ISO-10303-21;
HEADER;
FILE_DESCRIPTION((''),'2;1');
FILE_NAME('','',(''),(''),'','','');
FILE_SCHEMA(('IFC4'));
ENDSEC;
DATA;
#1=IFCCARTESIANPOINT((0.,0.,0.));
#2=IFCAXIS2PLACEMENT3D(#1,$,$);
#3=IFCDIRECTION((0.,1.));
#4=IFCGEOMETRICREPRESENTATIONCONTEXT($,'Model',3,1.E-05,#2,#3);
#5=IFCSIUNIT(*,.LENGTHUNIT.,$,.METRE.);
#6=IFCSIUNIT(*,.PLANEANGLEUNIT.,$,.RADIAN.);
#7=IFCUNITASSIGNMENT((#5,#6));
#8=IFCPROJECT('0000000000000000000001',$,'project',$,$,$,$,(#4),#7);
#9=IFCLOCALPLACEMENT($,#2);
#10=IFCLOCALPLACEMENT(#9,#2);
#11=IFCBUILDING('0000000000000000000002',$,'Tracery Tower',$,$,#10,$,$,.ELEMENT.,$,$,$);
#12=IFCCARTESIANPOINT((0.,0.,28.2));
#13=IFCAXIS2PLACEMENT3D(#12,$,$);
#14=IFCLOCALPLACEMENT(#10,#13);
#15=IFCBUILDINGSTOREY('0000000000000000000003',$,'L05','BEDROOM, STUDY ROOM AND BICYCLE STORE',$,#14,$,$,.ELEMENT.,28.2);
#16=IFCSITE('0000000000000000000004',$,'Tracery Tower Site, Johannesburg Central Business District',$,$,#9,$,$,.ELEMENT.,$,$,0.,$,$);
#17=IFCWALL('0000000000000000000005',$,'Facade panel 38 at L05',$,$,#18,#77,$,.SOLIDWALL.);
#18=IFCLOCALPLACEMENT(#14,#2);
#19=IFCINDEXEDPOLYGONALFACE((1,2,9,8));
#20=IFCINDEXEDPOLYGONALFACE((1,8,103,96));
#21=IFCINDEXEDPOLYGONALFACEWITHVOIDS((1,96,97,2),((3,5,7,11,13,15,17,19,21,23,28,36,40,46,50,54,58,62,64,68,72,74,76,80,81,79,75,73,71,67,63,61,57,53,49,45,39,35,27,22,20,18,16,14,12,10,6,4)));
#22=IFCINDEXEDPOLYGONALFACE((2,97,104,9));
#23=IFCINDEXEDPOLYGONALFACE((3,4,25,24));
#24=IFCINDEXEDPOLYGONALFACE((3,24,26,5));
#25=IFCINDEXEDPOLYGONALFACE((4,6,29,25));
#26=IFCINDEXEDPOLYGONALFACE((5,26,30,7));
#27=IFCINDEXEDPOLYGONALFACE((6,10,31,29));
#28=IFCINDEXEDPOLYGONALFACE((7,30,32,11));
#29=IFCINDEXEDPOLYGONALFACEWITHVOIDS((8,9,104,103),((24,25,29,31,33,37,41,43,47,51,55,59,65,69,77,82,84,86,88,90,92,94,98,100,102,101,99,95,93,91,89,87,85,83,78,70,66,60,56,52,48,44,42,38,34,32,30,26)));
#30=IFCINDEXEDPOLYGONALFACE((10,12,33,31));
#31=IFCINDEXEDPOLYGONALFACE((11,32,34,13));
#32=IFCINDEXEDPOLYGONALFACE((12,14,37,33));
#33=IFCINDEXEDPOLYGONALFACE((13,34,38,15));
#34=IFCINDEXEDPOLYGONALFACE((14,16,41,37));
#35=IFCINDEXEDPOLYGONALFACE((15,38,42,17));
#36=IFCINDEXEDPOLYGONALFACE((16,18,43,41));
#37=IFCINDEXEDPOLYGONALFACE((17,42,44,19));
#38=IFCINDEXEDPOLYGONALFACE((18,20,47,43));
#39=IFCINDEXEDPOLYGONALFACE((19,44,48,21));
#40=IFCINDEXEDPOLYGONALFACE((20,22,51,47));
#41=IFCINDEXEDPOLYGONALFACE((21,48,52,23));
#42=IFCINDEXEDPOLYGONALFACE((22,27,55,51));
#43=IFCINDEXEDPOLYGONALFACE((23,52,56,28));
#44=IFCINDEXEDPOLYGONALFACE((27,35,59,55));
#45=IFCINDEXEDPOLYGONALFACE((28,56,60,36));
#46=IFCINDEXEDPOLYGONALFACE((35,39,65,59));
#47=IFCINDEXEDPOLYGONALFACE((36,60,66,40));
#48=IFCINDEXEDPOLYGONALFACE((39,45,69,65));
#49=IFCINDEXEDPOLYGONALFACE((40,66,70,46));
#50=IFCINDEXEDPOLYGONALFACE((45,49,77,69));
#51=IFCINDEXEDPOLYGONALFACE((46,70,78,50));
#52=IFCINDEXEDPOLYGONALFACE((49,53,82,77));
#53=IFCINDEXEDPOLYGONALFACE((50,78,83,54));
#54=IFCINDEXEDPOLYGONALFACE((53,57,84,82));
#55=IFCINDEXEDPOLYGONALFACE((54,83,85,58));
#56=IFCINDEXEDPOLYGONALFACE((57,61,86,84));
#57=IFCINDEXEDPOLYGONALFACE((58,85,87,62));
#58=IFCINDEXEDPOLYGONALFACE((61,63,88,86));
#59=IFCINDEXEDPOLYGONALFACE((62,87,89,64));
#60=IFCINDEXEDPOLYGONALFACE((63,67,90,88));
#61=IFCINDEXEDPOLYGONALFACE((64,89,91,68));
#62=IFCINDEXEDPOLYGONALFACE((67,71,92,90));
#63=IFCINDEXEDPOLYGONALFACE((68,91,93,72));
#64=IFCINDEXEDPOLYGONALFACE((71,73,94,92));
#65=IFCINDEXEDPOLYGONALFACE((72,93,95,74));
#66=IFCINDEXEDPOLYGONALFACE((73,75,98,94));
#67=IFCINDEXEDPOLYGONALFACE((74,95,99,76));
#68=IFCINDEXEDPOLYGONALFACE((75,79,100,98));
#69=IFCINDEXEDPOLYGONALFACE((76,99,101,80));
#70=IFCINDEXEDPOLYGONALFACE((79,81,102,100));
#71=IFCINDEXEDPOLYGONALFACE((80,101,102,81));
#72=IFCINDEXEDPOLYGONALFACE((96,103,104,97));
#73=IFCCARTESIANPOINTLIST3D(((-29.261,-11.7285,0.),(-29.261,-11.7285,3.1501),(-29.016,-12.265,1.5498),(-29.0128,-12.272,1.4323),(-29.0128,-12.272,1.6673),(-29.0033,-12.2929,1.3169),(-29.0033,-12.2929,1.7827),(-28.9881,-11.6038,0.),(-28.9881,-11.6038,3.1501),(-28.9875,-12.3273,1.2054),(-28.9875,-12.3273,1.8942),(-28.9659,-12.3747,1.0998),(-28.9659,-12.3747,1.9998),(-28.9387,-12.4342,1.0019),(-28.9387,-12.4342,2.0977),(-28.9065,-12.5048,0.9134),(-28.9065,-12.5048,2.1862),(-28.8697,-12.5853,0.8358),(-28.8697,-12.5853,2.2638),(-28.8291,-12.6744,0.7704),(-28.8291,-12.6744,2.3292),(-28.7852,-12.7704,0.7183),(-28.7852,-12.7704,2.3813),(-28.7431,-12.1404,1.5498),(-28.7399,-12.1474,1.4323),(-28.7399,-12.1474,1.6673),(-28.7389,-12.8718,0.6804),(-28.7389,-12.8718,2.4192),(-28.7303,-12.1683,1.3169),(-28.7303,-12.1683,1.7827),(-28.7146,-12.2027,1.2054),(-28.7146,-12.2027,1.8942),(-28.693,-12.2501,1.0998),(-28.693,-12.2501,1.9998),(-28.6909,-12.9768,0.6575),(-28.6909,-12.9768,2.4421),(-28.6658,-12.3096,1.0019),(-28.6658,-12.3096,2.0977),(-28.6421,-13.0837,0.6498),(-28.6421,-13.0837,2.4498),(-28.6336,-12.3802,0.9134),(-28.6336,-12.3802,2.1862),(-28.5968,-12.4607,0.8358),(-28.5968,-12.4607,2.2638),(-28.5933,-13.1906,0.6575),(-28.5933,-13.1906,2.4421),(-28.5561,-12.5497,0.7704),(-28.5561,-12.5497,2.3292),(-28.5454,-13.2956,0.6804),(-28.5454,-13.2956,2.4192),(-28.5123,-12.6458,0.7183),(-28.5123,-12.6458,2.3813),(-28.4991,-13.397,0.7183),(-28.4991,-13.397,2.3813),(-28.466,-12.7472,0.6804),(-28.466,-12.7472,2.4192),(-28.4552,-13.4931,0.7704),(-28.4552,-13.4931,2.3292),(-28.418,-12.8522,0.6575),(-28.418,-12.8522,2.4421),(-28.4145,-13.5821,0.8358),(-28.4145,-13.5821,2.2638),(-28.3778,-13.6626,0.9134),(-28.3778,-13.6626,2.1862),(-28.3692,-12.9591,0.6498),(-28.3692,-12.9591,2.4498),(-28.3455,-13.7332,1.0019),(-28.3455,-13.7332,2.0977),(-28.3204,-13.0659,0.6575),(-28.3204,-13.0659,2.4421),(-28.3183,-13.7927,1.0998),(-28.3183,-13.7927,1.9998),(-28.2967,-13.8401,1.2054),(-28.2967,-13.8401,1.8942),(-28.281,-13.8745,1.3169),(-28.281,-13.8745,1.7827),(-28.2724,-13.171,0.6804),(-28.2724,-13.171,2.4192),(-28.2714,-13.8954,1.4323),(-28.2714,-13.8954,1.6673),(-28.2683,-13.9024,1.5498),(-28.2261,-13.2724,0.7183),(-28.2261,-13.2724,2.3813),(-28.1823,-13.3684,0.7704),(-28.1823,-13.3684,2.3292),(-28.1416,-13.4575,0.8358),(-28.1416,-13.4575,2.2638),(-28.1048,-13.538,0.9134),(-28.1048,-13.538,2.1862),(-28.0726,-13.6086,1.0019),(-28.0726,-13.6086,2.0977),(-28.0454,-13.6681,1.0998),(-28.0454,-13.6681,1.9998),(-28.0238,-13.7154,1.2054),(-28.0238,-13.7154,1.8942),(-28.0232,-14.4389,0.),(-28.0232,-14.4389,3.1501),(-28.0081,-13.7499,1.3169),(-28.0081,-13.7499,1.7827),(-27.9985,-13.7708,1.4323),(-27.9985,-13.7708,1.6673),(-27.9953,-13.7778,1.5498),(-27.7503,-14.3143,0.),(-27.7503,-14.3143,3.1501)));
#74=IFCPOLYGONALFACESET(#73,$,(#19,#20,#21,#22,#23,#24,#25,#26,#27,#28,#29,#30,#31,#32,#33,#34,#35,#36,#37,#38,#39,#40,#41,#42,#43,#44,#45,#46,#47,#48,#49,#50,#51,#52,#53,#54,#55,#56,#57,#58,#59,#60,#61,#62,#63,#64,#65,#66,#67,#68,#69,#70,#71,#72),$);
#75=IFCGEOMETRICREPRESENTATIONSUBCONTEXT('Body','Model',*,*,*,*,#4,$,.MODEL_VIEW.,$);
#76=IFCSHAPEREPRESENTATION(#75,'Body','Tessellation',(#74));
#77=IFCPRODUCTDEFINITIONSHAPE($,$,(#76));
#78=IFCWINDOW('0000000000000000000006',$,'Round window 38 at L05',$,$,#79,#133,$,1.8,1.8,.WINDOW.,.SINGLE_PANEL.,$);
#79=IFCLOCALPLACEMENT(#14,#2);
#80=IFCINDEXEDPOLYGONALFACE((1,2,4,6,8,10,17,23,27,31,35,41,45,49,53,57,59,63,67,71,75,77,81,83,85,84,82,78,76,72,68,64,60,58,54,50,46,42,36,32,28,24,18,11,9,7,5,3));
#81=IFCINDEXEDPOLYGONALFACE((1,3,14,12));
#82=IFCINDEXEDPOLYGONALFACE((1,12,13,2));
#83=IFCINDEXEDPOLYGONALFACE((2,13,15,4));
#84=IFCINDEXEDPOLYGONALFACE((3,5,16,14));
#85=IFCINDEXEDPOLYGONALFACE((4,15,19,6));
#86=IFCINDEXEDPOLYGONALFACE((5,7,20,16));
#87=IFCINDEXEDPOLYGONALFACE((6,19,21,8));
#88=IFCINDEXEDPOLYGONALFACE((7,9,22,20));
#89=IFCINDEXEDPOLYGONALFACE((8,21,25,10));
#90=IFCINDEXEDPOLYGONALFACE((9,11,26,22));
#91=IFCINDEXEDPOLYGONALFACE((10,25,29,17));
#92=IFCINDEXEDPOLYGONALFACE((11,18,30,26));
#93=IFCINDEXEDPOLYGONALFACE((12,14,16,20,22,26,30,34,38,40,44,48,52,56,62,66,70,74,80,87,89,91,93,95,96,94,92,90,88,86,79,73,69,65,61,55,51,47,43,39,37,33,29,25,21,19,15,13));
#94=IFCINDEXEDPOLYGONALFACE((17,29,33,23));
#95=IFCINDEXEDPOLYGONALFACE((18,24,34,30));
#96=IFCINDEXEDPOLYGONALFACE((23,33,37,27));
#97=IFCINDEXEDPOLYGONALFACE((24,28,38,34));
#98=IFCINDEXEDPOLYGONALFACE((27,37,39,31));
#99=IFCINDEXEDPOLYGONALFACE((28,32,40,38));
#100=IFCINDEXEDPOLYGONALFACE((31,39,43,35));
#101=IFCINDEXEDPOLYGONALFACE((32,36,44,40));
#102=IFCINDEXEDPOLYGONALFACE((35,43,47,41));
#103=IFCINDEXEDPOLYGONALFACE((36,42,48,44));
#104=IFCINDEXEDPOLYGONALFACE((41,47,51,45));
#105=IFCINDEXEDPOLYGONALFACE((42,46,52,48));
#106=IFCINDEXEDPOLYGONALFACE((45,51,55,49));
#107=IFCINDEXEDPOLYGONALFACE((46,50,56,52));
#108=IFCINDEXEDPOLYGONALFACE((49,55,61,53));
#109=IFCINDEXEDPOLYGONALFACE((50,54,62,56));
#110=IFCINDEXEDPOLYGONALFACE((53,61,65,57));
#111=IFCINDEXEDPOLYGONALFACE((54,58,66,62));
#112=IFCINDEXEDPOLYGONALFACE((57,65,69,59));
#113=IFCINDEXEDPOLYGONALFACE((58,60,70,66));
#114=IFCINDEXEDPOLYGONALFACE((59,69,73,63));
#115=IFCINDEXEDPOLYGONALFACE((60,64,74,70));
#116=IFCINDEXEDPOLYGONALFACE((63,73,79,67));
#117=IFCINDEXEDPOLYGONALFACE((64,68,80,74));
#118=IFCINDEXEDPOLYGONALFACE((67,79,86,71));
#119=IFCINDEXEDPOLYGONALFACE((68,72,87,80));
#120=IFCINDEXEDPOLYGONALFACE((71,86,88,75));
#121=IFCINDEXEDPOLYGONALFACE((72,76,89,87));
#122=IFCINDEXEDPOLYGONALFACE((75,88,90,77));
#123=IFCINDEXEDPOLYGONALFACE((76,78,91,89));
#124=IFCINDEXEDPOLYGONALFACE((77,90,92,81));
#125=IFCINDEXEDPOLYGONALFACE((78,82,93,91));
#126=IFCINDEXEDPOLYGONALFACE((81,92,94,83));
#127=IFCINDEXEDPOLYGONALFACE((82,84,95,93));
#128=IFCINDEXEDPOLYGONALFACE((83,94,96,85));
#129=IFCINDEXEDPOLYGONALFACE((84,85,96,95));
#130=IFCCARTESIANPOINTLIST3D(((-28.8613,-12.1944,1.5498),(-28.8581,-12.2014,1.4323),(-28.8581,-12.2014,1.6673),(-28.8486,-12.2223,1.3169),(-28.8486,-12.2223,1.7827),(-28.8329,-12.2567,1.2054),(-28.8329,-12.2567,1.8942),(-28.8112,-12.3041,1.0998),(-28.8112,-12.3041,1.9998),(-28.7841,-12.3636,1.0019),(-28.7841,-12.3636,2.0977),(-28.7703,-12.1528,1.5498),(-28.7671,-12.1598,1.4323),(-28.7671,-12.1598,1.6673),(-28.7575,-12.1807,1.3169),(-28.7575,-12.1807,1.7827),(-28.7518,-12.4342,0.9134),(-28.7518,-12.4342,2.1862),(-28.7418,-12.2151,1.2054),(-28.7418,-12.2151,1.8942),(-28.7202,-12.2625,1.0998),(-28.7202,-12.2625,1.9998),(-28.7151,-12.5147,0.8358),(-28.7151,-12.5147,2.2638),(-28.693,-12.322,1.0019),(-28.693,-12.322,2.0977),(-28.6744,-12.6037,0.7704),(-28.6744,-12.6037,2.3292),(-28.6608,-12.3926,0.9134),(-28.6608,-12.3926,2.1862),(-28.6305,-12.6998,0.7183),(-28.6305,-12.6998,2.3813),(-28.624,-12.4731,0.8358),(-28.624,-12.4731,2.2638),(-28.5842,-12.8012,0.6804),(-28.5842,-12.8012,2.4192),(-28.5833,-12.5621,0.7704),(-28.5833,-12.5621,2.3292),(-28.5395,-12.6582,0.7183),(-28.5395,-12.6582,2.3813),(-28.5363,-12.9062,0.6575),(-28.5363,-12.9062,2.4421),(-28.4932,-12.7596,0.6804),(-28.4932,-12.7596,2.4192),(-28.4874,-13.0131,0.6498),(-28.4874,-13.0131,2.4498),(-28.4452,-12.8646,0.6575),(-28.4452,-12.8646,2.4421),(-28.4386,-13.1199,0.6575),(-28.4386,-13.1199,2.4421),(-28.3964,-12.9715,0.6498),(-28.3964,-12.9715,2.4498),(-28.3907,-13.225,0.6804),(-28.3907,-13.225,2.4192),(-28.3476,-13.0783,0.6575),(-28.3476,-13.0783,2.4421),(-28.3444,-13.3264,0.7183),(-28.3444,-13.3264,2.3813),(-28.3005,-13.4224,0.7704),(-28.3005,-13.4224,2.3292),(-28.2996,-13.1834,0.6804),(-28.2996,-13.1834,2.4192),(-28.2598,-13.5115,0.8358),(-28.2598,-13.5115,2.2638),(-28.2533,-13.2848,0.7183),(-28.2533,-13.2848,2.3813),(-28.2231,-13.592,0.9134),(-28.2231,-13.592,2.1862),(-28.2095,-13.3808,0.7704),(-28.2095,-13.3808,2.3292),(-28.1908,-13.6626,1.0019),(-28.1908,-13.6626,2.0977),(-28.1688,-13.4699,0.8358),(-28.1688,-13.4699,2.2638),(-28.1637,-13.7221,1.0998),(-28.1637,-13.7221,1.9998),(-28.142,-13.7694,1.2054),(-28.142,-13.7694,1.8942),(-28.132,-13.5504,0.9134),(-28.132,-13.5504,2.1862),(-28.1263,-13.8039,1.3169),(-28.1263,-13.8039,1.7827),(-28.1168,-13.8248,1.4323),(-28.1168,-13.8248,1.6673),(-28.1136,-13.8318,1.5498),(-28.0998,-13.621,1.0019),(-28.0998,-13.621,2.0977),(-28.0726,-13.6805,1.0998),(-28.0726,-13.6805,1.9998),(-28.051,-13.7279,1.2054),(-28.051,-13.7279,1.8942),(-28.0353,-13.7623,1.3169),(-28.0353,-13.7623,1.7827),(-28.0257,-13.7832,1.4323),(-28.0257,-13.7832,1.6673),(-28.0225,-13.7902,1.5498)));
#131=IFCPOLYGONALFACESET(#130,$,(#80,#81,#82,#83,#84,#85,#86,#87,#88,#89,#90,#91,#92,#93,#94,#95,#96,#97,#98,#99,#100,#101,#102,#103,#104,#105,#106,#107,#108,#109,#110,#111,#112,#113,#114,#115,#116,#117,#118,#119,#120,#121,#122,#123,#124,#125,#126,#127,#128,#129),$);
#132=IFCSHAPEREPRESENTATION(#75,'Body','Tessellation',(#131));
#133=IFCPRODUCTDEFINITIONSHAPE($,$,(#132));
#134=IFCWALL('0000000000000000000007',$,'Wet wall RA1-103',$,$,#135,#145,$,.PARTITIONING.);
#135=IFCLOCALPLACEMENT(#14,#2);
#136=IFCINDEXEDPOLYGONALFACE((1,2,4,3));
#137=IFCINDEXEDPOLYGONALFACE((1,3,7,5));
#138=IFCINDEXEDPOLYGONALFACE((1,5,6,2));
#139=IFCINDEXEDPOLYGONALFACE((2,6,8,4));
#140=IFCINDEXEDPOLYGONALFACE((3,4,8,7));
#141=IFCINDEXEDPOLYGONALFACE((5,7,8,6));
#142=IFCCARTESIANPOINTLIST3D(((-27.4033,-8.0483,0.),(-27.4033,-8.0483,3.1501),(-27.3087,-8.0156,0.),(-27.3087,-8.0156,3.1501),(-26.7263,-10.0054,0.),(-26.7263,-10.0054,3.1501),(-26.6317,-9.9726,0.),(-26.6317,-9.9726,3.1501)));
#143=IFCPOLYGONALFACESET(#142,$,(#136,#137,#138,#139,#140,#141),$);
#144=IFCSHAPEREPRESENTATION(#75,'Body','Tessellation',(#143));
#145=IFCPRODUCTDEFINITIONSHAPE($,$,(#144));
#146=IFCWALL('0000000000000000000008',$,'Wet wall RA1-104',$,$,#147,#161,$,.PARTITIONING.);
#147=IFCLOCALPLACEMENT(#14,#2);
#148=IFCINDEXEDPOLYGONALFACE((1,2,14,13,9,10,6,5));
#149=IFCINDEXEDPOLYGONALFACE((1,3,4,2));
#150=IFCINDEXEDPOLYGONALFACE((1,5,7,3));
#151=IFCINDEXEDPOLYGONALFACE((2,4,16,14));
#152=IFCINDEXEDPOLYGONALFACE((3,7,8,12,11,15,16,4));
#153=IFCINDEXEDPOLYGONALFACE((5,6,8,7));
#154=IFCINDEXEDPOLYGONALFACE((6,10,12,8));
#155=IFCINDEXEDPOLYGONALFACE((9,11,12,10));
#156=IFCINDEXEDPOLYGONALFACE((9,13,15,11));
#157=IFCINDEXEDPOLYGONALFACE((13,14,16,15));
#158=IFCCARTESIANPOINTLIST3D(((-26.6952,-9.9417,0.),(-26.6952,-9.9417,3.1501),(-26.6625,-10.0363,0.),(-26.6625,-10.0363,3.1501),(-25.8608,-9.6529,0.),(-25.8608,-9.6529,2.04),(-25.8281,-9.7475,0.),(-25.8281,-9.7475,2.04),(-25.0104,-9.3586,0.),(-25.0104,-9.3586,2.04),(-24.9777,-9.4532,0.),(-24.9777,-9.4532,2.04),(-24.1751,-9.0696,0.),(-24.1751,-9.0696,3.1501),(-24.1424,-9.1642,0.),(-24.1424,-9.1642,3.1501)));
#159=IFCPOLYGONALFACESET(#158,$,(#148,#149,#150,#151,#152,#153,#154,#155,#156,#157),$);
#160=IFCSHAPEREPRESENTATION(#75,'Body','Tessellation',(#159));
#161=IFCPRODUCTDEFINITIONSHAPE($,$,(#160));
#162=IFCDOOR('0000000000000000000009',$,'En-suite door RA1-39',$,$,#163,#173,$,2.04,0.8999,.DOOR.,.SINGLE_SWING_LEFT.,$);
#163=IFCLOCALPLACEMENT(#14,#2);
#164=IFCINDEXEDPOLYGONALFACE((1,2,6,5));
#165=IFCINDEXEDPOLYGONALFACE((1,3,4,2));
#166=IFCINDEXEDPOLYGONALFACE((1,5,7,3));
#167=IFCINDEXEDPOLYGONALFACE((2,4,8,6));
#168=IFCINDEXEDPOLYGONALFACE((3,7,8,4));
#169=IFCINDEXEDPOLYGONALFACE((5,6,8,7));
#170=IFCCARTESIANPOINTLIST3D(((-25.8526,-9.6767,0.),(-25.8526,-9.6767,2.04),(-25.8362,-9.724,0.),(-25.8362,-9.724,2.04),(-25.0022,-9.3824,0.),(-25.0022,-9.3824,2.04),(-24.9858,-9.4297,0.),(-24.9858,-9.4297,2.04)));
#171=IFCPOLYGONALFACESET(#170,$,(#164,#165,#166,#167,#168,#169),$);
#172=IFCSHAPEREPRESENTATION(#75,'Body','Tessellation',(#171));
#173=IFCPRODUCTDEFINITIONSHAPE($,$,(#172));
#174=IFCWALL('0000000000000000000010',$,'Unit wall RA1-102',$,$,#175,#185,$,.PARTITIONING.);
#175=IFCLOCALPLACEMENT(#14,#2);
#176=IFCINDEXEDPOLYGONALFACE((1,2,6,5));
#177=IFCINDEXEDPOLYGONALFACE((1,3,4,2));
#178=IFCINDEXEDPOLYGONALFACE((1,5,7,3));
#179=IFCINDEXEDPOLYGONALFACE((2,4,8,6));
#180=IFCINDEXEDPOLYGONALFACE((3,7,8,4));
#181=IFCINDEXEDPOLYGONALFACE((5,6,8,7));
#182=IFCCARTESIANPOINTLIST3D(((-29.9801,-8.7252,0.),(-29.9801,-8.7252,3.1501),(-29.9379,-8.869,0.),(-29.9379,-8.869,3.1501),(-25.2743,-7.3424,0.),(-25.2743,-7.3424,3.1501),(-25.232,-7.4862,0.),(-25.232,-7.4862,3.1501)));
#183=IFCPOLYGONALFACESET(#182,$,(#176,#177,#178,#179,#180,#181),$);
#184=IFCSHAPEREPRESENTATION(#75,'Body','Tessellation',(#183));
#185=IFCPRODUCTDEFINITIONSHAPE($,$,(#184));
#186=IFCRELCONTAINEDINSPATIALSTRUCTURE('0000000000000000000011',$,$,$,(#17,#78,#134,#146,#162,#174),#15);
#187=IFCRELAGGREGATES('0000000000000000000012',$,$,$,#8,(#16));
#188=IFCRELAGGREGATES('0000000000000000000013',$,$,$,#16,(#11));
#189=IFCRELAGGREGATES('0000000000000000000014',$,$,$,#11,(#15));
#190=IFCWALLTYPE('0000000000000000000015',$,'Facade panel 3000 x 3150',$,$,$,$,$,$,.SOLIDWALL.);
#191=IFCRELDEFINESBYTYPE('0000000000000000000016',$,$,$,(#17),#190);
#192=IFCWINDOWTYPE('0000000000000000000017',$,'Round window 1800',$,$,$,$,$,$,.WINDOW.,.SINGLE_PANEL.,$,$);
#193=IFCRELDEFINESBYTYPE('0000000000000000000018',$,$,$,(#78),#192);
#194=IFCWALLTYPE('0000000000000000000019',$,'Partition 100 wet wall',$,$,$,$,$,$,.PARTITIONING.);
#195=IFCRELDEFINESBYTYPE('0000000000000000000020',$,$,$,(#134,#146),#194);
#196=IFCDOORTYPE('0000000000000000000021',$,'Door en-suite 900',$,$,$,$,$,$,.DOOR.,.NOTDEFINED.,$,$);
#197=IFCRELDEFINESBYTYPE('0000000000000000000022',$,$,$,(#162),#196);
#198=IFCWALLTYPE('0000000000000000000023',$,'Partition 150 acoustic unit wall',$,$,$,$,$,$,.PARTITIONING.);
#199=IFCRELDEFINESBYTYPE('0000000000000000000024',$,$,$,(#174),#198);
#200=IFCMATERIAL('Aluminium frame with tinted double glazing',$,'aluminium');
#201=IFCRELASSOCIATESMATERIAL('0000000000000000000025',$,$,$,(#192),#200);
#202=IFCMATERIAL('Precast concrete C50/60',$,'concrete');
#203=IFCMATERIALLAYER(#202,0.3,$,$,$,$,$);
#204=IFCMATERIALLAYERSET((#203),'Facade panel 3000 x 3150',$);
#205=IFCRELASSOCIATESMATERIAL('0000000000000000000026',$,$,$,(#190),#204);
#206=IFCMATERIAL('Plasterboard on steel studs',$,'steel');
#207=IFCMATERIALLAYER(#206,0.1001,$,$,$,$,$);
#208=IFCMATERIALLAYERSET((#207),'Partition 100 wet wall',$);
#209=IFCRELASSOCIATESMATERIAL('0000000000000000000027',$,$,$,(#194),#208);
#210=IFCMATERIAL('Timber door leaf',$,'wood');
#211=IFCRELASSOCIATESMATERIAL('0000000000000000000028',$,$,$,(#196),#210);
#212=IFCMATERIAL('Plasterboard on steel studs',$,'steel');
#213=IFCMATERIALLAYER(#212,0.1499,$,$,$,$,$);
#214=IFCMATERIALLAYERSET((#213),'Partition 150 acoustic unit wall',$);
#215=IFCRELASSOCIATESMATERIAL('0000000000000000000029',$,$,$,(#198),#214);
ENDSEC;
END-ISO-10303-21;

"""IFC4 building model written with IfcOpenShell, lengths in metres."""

from ifc_helpers import new_model, si_unit, direction, frame, frame_2d, origin, origin_2d, place, context, subcontext, project, spatial, rectangle, circle, extrude, material, layer, layer_set, type_object, element, fill, save


model = new_model("IFC4")

# Units and contexts
model_context = context("Model", 3, precision=1e-05, world=origin(), true_north=direction((0.0, 1.0)))
body_context = subcontext(model_context, "Body", "Model", "MODEL_VIEW")
ifc_project = project(units=[si_unit("LENGTHUNIT", "METRE"), si_unit("PLANEANGLEUNIT", "RADIAN")], contexts=[model_context])

# Site, building, storey
site_placement = place(None, origin())
site = spatial("IfcSite", under=ifc_project, at=site_placement, Name="Tracery Tower Site, Johannesburg Central Business District", CompositionType="ELEMENT", RefElevation=0.0)
building_placement = place(site_placement, origin())
building = spatial("IfcBuilding", under=site, at=building_placement, Name="Tracery Tower", CompositionType="ELEMENT")
storey_placement = place(building_placement, frame((0.0, 0.0, 28.2)))
storey = spatial("IfcBuildingStorey", under=building, at=storey_placement, Name="L05", Description="BEDROOM, STUDY ROOM AND BICYCLE STORE", CompositionType="ELEMENT", Elevation=28.2)

# Wall, opening, window
ifc_material_1 = material(Name="Aluminium frame with tinted double glazing", Category="aluminium")
window_type = type_object("IfcWindowType", Name="Round window 1800", PartitioningType="SINGLE_PANEL", PredefinedType="WINDOW", material=ifc_material_1)
ifc_material_2 = material(Name="Precast concrete C50/60", Category="concrete")
ifc_layer_1 = layer(ifc_material_2, 0.3)
ifc_layer_set_1 = layer_set([ifc_layer_1], Name="Facade panel 3000 x 3150")
wall_type_1 = type_object("IfcWallType", Name="Facade panel 3000 x 3150", PredefinedType="SOLIDWALL", material=ifc_layer_set_1)
wall_1_placement = place(storey_placement, frame((-29.1245, -11.6663, 0.0), z_axis=(0.0, 0.0, 1.0), x_axis=(0.415407, -0.909636, 0.0)))
wall_1 = element("IfcWall", 1, at=wall_1_placement, inside=storey, type_object=wall_type_1, Name="Facade panel 38 at L05", PredefinedType="SOLIDWALL", context=body_context, shape_type="SweptSolid", body=[
    extrude(rectangle(XDim=2.9797, YDim=0.3, at=frame_2d((1.4897, 0.0))), origin(), (0.0, 0.0, 1.0), 3.1501),
])
opening_1_placement = place(wall_1_placement, frame((1.4897, 0.0, 1.5498)))
opening_1 = element("IfcOpeningElement", 2, at=opening_1_placement, cuts=wall_1, PredefinedType="OPENING", context=body_context, shape_type="SweptSolid", body=[
    extrude(circle(Radius=0.9, at=origin_2d()), frame((0.0, 0.1599, 0.0), z_axis=(0.0, -1.0, 0.0), x_axis=(1.0, 0.0, 0.0)), (0.0, 0.0, 1.0), 0.3201),
])
window_1_placement = place(opening_1_placement, origin())
window_1 = element("IfcWindow", 3, at=window_1_placement, inside=storey, type_object=window_type, Name="Round window 38 at L05", OverallHeight=1.8, OverallWidth=1.8, PartitioningType="SINGLE_PANEL", PredefinedType="WINDOW", context=body_context, shape_type="SweptSolid", body=[
    extrude(circle(Radius=0.9, at=origin_2d()), frame((0.0, 0.1201, 0.0), z_axis=(0.0, -1.0, 0.0), x_axis=(1.0, 0.0, 0.0)), (0.0, 0.0, 1.0), 0.1001),
])
fill(opening_1, window_1)

# Wall
ifc_material_3 = material(Name="Plasterboard on steel studs", Category="steel")
ifc_layer_2 = layer(ifc_material_3, 0.1001)
ifc_layer_set_2 = layer_set([ifc_layer_2], Name="Partition 100 wet wall")
wall_type_2 = type_object("IfcWallType", Name="Partition 100 wet wall", PredefinedType="PARTITIONING", material=ifc_layer_set_2)
wall_2_placement = place(storey_placement, frame((-27.356, -8.032, 0.0), z_axis=(0.0, 0.0, 1.0), x_axis=(0.326924, -0.945051, 0.0)))
element("IfcWall", 4, at=wall_2_placement, inside=storey, type_object=wall_type_2, Name="Wet wall RA1-103", PredefinedType="PARTITIONING", context=body_context, shape_type="SweptSolid", body=[
    extrude(rectangle(XDim=2.0708, YDim=0.1001, at=frame_2d((1.0354, 0.0))), origin(), (0.0, 0.0, 1.0), 3.1501),
])

# Wall, opening, door
wall_3_placement = place(storey_placement, frame((-26.679, -9.989, 0.0), z_axis=(0.0, 0.0, 1.0), x_axis=(0.945014, 0.327029, 0.0)))
wall_3 = element("IfcWall", 5, at=wall_3_placement, inside=storey, type_object=wall_type_2, Name="Wet wall RA1-104", PredefinedType="PARTITIONING", context=body_context, shape_type="SweptSolid", body=[
    extrude(rectangle(XDim=2.6667, YDim=0.1001, at=frame_2d((1.3335, 0.0))), origin(), (0.0, 0.0, 1.0), 3.1501),
])
opening_2_placement = place(wall_3_placement, frame((0.8831, 0.0, 0.0)))
opening_2 = element("IfcOpeningElement", 6, at=opening_2_placement, cuts=wall_3, PredefinedType="OPENING", context=body_context, shape_type="SweptSolid", body=[
    extrude(rectangle(XDim=0.8999, YDim=2.04, at=frame_2d((0.45, 1.02))), frame((0.0, 0.05, 0.0), z_axis=(0.0, -1.0, 0.0), x_axis=(1.0, 0.0, 0.0)), (0.0, 0.0, 1.0), 0.1001),
])
ifc_material_4 = material(Name="Timber door leaf", Category="wood")
door_type_1 = type_object("IfcDoorType", Name="Door en-suite 900", OperationType="NOTDEFINED", PredefinedType="DOOR", material=ifc_material_4)
door_1_placement = place(opening_2_placement, origin())
door_1 = element("IfcDoor", 7, at=door_1_placement, inside=storey, type_object=door_type_1, Name="En-suite door RA1-39", OperationType="SINGLE_SWING_LEFT", OverallHeight=2.04, OverallWidth=0.8999, PredefinedType="DOOR", context=body_context, shape_type="SweptSolid", body=[
    extrude(rectangle(XDim=0.8999, YDim=2.04, at=frame_2d((0.45, 1.02))), frame((0.0, 0.0249, 0.0), z_axis=(0.0, -1.0, 0.0), x_axis=(1.0, 0.0, 0.0)), (0.0, 0.0, 1.0), 0.05),
])
fill(opening_2, door_1)

# Wall
ifc_material_5 = material(Name="Plasterboard on steel studs", Category="steel")
ifc_layer_3 = layer(ifc_material_5, 0.1499)
ifc_layer_set_3 = layer_set([ifc_layer_3], Name="Partition 150 acoustic unit wall")
wall_type_3 = type_object("IfcWallType", Name="Partition 150 acoustic unit wall", PredefinedType="PARTITIONING", material=ifc_layer_set_3)
wall_4_placement = place(storey_placement, frame((-29.959, -8.7971, 0.0), z_axis=(0.0, 0.0, 1.0), x_axis=(0.959434, 0.281932, 0.0)))
element("IfcWall", 8, at=wall_4_placement, inside=storey, type_object=wall_type_3, Name="Unit wall RA1-102", PredefinedType="PARTITIONING", context=body_context, shape_type="SweptSolid", body=[
    extrude(rectangle(XDim=4.9048, YDim=0.1499, at=frame_2d((2.4524, 0.0))), origin(), (0.0, 0.0, 1.0), 3.1501),
])

save(model, "model.ifc")
